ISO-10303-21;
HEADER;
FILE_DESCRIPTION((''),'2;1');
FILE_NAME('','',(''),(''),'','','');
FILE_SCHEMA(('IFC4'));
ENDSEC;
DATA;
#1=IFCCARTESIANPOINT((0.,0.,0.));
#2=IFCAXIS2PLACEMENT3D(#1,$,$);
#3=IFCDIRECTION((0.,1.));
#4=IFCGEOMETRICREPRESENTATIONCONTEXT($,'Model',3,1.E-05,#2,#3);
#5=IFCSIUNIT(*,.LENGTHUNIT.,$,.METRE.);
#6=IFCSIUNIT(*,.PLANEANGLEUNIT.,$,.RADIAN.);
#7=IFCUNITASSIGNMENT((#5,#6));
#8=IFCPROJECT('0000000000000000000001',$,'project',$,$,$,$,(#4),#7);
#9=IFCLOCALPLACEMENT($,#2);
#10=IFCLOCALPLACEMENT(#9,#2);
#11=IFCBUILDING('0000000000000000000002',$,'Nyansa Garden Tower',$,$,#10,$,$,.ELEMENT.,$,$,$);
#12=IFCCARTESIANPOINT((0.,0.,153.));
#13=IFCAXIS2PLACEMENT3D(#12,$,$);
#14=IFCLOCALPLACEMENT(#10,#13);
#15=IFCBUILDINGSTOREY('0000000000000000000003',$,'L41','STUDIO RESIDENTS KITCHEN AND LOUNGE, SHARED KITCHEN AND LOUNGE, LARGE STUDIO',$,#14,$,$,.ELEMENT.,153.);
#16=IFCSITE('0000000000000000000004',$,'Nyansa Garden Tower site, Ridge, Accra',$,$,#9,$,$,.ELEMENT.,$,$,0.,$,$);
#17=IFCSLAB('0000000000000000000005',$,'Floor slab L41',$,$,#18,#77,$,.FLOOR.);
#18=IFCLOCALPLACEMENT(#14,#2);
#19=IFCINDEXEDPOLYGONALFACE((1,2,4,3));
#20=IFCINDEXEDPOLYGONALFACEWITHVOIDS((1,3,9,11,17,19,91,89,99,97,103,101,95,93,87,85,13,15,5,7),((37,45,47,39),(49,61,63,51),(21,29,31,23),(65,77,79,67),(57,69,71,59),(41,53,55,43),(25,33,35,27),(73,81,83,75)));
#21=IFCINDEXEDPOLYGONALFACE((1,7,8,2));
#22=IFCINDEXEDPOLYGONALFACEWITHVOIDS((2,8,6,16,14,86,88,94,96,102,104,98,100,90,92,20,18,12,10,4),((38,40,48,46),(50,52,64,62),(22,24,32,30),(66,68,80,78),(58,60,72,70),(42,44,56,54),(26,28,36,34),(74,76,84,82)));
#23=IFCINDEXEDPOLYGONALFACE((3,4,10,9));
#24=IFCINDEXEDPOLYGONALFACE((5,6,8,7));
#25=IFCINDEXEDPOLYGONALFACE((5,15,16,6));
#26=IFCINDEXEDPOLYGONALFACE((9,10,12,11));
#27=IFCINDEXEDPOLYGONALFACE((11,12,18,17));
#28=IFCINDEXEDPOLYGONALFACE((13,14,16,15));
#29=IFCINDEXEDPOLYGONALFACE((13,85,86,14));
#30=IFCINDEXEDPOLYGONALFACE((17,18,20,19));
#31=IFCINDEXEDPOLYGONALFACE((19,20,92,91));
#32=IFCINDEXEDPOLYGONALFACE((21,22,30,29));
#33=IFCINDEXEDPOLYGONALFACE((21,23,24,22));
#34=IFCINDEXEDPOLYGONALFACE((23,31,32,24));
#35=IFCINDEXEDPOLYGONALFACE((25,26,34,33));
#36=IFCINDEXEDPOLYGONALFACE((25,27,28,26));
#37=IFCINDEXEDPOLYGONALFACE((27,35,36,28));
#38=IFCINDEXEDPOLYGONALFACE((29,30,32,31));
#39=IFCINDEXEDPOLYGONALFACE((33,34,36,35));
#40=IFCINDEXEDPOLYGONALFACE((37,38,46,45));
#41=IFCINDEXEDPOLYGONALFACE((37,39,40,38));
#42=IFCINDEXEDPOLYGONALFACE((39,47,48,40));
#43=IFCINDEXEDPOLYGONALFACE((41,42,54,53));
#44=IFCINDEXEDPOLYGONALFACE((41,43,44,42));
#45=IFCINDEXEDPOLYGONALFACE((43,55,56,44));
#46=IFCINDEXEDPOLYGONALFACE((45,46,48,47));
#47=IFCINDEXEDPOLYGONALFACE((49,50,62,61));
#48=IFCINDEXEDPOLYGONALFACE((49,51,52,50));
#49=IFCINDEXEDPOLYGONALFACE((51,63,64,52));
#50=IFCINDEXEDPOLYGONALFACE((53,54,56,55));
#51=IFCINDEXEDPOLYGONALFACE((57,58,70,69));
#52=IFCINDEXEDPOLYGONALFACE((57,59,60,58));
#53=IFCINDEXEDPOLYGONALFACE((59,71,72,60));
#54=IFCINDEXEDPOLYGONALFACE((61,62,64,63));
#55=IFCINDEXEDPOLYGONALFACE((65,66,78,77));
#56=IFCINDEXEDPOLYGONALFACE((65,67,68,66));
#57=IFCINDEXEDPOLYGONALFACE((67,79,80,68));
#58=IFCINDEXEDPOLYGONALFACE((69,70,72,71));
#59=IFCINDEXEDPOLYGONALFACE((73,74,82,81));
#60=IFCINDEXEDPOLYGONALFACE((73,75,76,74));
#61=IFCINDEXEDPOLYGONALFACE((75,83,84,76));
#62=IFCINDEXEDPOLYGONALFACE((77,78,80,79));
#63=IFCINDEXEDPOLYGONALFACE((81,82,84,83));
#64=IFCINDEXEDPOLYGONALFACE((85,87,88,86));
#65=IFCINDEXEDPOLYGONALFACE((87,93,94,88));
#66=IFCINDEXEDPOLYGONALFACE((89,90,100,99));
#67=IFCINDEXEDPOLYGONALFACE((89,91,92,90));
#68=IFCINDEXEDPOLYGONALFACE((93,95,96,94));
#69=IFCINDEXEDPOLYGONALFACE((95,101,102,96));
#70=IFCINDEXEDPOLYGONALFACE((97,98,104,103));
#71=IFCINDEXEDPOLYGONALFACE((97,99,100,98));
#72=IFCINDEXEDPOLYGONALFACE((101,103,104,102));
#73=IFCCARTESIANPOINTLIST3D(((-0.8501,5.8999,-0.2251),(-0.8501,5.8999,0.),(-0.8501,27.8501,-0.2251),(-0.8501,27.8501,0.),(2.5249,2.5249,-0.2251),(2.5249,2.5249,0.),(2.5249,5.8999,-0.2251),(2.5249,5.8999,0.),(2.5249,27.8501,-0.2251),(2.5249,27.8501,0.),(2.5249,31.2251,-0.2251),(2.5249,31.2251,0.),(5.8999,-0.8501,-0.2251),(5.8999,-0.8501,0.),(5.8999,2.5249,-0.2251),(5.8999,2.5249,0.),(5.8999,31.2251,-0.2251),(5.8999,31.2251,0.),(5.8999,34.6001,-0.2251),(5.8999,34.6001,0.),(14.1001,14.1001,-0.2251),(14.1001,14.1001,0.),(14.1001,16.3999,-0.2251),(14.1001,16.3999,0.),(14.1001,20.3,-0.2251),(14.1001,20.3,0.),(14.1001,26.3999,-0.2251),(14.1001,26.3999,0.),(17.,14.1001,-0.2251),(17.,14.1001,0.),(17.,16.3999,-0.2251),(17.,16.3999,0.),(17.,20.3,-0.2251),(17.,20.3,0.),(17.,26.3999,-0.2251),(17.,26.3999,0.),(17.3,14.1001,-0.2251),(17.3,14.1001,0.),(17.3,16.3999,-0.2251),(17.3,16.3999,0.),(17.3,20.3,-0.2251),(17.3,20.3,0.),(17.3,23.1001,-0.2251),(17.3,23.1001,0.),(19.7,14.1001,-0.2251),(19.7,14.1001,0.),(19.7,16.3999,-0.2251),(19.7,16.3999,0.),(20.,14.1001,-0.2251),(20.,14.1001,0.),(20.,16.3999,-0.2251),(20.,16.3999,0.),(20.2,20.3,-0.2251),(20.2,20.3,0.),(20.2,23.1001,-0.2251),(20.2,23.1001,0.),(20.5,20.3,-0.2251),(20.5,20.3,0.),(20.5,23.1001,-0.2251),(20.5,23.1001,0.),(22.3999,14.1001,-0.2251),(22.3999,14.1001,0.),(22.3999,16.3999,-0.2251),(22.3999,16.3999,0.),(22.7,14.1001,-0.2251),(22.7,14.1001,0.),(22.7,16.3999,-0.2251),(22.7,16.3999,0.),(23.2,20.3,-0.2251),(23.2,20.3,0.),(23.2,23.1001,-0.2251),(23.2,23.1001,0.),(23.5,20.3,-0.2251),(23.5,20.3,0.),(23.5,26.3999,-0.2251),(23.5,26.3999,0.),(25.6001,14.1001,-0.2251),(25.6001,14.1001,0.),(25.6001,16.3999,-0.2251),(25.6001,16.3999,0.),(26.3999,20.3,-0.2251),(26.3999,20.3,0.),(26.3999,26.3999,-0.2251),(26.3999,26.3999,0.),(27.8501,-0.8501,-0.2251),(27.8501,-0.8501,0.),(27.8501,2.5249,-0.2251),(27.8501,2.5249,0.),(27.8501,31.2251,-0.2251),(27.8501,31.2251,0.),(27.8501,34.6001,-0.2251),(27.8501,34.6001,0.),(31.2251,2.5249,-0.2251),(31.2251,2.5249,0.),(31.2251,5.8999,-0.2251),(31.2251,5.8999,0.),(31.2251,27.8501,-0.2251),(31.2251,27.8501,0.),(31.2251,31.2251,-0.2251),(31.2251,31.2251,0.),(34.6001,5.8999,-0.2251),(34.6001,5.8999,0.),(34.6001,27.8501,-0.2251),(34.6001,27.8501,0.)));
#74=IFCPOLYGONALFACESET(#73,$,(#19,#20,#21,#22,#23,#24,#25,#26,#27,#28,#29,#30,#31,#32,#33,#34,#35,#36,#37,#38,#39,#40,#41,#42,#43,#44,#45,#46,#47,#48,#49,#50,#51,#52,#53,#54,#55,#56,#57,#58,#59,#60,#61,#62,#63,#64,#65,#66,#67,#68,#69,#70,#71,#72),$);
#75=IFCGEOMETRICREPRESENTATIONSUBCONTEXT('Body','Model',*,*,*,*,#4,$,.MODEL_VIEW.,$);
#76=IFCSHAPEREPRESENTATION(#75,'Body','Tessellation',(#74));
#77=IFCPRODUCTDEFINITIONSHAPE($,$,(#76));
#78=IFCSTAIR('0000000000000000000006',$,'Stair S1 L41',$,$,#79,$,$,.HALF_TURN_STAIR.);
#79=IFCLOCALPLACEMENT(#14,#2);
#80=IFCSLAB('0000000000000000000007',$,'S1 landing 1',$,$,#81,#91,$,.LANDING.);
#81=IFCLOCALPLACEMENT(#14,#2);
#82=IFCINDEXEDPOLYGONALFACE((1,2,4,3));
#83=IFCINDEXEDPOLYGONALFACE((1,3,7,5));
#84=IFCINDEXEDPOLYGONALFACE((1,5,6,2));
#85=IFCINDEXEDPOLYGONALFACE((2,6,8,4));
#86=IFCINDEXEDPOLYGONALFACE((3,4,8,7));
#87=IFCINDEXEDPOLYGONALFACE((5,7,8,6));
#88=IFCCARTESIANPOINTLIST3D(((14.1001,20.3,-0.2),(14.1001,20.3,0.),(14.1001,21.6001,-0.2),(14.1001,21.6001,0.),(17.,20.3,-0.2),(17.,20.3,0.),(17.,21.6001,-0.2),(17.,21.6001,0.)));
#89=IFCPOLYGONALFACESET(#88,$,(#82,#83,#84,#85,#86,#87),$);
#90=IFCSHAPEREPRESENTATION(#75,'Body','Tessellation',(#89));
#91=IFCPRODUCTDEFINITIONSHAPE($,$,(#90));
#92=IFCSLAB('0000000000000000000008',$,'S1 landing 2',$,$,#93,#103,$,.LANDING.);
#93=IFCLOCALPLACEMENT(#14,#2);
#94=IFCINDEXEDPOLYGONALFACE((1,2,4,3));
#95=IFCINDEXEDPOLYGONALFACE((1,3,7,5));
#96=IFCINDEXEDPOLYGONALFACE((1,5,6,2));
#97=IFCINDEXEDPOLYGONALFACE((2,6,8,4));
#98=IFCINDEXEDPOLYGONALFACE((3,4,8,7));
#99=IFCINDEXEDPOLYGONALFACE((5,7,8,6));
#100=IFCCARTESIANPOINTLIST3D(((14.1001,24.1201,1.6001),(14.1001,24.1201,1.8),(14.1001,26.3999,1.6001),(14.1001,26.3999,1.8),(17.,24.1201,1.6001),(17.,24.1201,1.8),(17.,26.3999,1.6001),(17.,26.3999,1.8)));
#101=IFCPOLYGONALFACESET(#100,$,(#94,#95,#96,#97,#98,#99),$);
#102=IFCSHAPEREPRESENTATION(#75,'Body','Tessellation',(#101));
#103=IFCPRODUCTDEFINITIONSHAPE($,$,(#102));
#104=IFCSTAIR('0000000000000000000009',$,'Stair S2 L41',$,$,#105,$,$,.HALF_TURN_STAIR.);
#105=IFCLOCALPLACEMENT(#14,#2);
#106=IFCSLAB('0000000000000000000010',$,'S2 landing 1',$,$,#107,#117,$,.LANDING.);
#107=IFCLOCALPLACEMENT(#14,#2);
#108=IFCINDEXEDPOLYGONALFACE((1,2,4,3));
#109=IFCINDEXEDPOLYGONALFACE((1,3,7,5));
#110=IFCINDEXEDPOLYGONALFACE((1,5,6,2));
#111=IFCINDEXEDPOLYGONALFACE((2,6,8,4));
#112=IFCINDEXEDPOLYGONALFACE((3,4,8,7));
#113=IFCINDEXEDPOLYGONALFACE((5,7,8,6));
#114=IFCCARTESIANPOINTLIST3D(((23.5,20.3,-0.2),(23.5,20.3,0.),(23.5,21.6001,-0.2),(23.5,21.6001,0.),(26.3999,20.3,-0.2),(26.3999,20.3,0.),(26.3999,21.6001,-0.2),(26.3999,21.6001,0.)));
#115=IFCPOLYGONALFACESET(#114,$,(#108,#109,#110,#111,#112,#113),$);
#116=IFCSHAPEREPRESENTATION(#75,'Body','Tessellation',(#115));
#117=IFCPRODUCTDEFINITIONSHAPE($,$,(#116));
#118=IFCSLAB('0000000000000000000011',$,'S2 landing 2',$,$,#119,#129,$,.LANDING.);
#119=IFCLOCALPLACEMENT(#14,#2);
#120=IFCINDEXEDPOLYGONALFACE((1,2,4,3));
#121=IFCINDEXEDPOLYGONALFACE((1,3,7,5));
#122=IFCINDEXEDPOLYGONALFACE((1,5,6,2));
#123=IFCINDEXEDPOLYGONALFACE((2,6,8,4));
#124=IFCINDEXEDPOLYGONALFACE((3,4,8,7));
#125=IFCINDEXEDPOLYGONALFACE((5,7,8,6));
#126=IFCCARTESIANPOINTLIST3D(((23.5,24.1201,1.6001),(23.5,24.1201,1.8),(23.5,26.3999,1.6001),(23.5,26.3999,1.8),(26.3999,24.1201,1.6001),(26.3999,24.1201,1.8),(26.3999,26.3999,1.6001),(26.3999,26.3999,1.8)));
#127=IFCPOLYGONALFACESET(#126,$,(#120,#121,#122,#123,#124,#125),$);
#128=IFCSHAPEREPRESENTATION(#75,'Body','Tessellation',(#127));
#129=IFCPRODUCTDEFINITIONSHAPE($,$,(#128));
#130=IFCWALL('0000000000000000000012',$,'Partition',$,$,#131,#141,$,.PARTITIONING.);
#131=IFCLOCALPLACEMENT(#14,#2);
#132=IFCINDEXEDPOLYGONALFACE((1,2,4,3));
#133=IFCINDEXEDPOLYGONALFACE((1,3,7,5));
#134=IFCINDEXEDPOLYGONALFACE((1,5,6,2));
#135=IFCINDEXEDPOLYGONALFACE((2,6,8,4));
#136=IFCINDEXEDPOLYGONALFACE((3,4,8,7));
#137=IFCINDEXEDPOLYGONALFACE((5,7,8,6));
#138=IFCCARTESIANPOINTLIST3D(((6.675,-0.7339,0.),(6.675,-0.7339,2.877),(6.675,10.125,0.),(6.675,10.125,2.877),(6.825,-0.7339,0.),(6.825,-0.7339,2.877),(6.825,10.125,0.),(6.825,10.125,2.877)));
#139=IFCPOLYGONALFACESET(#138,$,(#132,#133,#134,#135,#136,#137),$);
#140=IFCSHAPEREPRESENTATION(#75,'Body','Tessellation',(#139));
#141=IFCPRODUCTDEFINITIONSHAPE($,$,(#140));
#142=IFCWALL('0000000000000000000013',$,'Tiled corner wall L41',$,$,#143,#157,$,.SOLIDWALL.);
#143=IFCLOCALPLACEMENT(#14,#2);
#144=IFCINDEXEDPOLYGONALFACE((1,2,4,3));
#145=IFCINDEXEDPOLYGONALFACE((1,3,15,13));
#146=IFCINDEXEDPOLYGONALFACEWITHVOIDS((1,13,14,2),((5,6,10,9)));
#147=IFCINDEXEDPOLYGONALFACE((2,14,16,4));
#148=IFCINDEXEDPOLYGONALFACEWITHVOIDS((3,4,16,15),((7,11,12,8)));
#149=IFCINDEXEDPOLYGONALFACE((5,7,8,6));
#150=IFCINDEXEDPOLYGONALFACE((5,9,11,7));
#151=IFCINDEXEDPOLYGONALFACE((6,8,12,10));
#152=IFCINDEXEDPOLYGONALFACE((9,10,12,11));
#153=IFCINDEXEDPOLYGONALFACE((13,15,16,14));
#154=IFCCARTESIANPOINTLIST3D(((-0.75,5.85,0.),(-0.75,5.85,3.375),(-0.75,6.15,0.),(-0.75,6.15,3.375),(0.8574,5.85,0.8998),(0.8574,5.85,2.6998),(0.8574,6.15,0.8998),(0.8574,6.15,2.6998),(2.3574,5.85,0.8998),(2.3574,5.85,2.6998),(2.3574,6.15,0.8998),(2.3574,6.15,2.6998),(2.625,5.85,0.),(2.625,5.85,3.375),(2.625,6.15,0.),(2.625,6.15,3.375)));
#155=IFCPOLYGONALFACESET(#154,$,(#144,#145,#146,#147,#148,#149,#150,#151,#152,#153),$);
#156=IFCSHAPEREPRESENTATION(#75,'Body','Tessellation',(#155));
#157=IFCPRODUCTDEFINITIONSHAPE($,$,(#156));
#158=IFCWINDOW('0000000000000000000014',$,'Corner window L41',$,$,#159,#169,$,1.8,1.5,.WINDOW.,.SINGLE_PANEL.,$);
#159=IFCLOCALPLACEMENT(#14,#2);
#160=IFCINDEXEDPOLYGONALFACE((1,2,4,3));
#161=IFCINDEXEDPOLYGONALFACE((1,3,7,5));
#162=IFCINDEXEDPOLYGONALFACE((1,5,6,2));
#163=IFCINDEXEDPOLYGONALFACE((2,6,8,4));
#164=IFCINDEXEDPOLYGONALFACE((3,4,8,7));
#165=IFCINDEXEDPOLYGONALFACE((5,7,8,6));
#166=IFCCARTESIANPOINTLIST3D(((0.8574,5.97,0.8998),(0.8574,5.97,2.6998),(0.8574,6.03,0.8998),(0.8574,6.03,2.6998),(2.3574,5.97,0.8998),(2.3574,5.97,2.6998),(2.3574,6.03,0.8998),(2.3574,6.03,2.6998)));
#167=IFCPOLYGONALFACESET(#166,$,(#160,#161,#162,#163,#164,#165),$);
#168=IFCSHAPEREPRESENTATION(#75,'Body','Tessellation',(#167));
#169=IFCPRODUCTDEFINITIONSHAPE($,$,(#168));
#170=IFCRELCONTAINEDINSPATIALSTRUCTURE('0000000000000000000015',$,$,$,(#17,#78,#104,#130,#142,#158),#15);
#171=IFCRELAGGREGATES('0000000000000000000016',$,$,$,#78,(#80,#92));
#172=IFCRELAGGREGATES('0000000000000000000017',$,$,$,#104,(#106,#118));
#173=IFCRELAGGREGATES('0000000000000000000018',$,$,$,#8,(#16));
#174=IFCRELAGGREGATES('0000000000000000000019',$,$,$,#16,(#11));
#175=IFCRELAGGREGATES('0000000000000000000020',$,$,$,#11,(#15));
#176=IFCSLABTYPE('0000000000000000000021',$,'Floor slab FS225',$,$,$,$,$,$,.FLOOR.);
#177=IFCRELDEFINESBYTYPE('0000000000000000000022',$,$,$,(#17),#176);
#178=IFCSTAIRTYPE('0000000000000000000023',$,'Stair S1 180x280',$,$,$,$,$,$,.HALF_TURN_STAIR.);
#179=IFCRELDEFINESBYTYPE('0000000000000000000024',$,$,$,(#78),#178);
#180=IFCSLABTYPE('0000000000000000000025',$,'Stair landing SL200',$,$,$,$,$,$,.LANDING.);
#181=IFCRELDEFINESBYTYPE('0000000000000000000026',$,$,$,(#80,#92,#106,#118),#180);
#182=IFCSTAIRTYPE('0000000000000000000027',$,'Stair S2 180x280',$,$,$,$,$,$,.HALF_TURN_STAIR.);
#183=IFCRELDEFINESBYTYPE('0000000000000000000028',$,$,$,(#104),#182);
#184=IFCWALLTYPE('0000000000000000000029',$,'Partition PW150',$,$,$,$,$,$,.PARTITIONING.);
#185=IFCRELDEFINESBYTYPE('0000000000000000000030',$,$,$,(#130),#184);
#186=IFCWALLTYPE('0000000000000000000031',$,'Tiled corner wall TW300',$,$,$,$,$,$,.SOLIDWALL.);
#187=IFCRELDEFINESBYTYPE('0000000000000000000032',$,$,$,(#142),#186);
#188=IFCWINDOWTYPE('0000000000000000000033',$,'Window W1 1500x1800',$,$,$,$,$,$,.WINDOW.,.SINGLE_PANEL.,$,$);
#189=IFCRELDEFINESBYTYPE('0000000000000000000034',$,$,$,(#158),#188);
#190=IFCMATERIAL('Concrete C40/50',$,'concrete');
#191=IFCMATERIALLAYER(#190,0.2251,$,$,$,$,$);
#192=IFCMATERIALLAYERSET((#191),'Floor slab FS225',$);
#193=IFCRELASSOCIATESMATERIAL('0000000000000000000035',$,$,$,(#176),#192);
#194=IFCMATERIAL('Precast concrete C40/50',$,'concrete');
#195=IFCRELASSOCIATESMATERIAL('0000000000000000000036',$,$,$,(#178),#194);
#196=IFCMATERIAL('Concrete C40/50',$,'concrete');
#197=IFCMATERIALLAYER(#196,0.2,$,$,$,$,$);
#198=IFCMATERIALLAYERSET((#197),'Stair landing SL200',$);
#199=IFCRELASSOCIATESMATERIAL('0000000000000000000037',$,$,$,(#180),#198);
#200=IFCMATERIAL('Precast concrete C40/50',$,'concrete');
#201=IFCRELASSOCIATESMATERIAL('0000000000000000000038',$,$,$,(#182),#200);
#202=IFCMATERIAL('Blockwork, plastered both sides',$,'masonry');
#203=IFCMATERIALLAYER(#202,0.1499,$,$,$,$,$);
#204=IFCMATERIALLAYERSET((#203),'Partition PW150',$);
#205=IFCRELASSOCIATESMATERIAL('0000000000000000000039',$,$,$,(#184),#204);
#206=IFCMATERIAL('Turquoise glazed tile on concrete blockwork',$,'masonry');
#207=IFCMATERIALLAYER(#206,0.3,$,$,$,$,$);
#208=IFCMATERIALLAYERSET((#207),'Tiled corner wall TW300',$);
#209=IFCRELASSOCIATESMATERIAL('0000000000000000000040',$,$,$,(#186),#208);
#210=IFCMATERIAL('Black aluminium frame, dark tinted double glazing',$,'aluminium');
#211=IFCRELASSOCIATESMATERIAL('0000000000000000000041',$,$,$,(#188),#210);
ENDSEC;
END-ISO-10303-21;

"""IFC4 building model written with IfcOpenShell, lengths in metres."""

from ifc_helpers import new_model, si_unit, direction, frame, frame_2d, origin, place, context, subcontext, project, spatial, polyline, rectangle, outline, extrude, material, layer, layer_set, type_object, element, fill, aggregate, save


model = new_model("IFC4")

# Units and contexts
model_context = context("Model", 3, precision=1e-05, world=origin(), true_north=direction((0.0, 1.0)))
body_context = subcontext(model_context, "Body", "Model", "MODEL_VIEW")
ifc_project = project(units=[si_unit("LENGTHUNIT", "METRE"), si_unit("PLANEANGLEUNIT", "RADIAN")], contexts=[model_context])

# Site, building, storey
site_placement = place(None, origin())
site = spatial("IfcSite", under=ifc_project, at=site_placement, Name="Nyansa Garden Tower site, Ridge, Accra", CompositionType="ELEMENT", RefElevation=0.0)
building_placement = place(site_placement, origin())
building = spatial("IfcBuilding", under=site, at=building_placement, Name="Nyansa Garden Tower", CompositionType="ELEMENT")
storey_placement = place(building_placement, frame((0.0, 0.0, 153.0)))
storey = spatial("IfcBuildingStorey", under=building, at=storey_placement, Name="L41", Description="STUDIO RESIDENTS KITCHEN AND LOUNGE, SHARED KITCHEN AND LOUNGE, LARGE STUDIO", CompositionType="ELEMENT", Elevation=153.0)

# Slab
ifc_material_1 = material(Name="Concrete C40/50", Category="concrete")
ifc_layer_1 = layer(ifc_material_1, 0.2251)
ifc_layer_set_1 = layer_set([ifc_layer_1], Name="Floor slab FS225")
slab_type_1 = type_object("IfcSlabType", Name="Floor slab FS225", PredefinedType="FLOOR", material=ifc_layer_set_1)
slab_1_placement = place(storey_placement, frame((0.0, 0.0, -0.2251)))
element("IfcSlab", 1, at=slab_1_placement, inside=storey, type_object=slab_type_1, Name="Floor slab L41", PredefinedType="FLOOR", context=body_context, shape_type="SweptSolid", body=[
    extrude(outline(polyline([(34.6001, 5.8999), (31.2251, 5.8999), (31.2251, 2.5249), (27.8501, 2.5249), (27.8501, -0.8501), (5.8999, -0.8501), (5.8999, 2.5249), (2.5249, 2.5249), (2.5249, 5.8999), (-0.8501, 5.8999), (-0.8501, 27.8501), (2.5249, 27.8501), (2.5249, 31.2251), (5.8999, 31.2251), (5.8999, 34.6001), (27.8501, 34.6001), (27.8501, 31.2251), (31.2251, 31.2251), (31.2251, 27.8501), (34.6001, 27.8501), (34.6001, 5.8999)]), holes=[polyline([(14.1001, 14.1001), (17.0, 14.1001), (17.0, 16.3999), (14.1001, 16.3999), (14.1001, 14.1001)]), polyline([(17.3, 14.1001), (19.7, 14.1001), (19.7, 16.3999), (17.3, 16.3999), (17.3, 14.1001)]), polyline([(20.0, 14.1001), (22.3999, 14.1001), (22.3999, 16.3999), (20.0, 16.3999), (20.0, 14.1001)]), polyline([(22.7, 14.1001), (25.6001, 14.1001), (25.6001, 16.3999), (22.7, 16.3999), (22.7, 14.1001)]), polyline([(17.3, 20.3), (20.2, 20.3), (20.2, 23.1001), (17.3, 23.1001), (17.3, 20.3)]), polyline([(20.5, 20.3), (23.2, 20.3), (23.2, 23.1001), (20.5, 23.1001), (20.5, 20.3)]), polyline([(14.1001, 20.3), (17.0, 20.3), (17.0, 26.3999), (14.1001, 26.3999), (14.1001, 20.3)]), polyline([(23.5, 20.3), (26.3999, 20.3), (26.3999, 26.3999), (23.5, 26.3999), (23.5, 20.3)])]), origin(), (0.0, 0.0, 1.0), 0.2251),
])

# Stairs, slabs
ifc_material_2 = material(Name="Precast concrete C40/50", Category="concrete")
stair_type_1 = type_object("IfcStairType", Name="Stair S1 180x280", PredefinedType="HALF_TURN_STAIR", material=ifc_material_2)
stair_1_placement = place(storey_placement, origin())
stair_1 = element("IfcStair", 2, at=stair_1_placement, inside=storey, type_object=stair_type_1, Name="Stair S1 L41", PredefinedType="HALF_TURN_STAIR")
ifc_material_3 = material(Name="Concrete C40/50", Category="concrete")
ifc_layer_2 = layer(ifc_material_3, 0.2)
ifc_layer_set_2 = layer_set([ifc_layer_2], Name="Stair landing SL200")
slab_type_2 = type_object("IfcSlabType", Name="Stair landing SL200", PredefinedType="LANDING", material=ifc_layer_set_2)
slab_2_placement = place(storey_placement, frame((0.0, 0.0, -0.2)))
slab_2 = element("IfcSlab", 3, at=slab_2_placement, type_object=slab_type_2, Name="S1 landing 1", PredefinedType="LANDING", context=body_context, shape_type="SweptSolid", body=[
    extrude(outline(polyline([(14.1001, 20.3), (17.0, 20.3), (17.0, 21.6001), (14.1001, 21.6001), (14.1001, 20.3)])), origin(), (0.0, 0.0, 1.0), 0.2),
])
slab_3_placement = place(storey_placement, frame((0.0, 0.0, 1.6001)))
slab_3 = element("IfcSlab", 4, at=slab_3_placement, type_object=slab_type_2, Name="S1 landing 2", PredefinedType="LANDING", context=body_context, shape_type="SweptSolid", body=[
    extrude(outline(polyline([(14.1001, 24.1201), (17.0, 24.1201), (17.0, 26.3999), (14.1001, 26.3999), (14.1001, 24.1201)])), origin(), (0.0, 0.0, 1.0), 0.2),
])
aggregate(stair_1, [slab_2, slab_3])
ifc_material_4 = material(Name="Precast concrete C40/50", Category="concrete")
stair_type_2 = type_object("IfcStairType", Name="Stair S2 180x280", PredefinedType="HALF_TURN_STAIR", material=ifc_material_4)
stair_2_placement = place(storey_placement, origin())
stair_2 = element("IfcStair", 5, at=stair_2_placement, inside=storey, type_object=stair_type_2, Name="Stair S2 L41", PredefinedType="HALF_TURN_STAIR")
slab_4_placement = place(storey_placement, frame((0.0, 0.0, -0.2)))
slab_4 = element("IfcSlab", 6, at=slab_4_placement, type_object=slab_type_2, Name="S2 landing 1", PredefinedType="LANDING", context=body_context, shape_type="SweptSolid", body=[
    extrude(outline(polyline([(23.5, 20.3), (26.3999, 20.3), (26.3999, 21.6001), (23.5, 21.6001), (23.5, 20.3)])), origin(), (0.0, 0.0, 1.0), 0.2),
])
slab_5_placement = place(storey_placement, frame((0.0, 0.0, 1.6001)))
slab_5 = element("IfcSlab", 7, at=slab_5_placement, type_object=slab_type_2, Name="S2 landing 2", PredefinedType="LANDING", context=body_context, shape_type="SweptSolid", body=[
    extrude(outline(polyline([(23.5, 24.1201), (26.3999, 24.1201), (26.3999, 26.3999), (23.5, 26.3999), (23.5, 24.1201)])), origin(), (0.0, 0.0, 1.0), 0.2),
])
aggregate(stair_2, [slab_4, slab_5])

# Wall
ifc_material_5 = material(Name="Blockwork, plastered both sides", Category="masonry")
ifc_layer_3 = layer(ifc_material_5, 0.1499)
ifc_layer_set_3 = layer_set([ifc_layer_3], Name="Partition PW150")
wall_type_1 = type_object("IfcWallType", Name="Partition PW150", PredefinedType="PARTITIONING", material=ifc_layer_set_3)
wall_1_placement = place(storey_placement, frame((6.75, -0.7339, 0.0), z_axis=(0.0, 0.0, 1.0), x_axis=(0.0, 1.0, 0.0)))
element("IfcWall", 8, at=wall_1_placement, inside=storey, type_object=wall_type_1, Name="Partition", PredefinedType="PARTITIONING", context=body_context, shape_type="SweptSolid", body=[
    extrude(rectangle(XDim=10.8589, YDim=0.1499, at=frame_2d((5.4294, 0.0))), origin(), (0.0, 0.0, 1.0), 2.877),
])

# Wall, opening, window
ifc_material_6 = material(Name="Turquoise glazed tile on concrete blockwork", Category="masonry")
ifc_layer_4 = layer(ifc_material_6, 0.3)
ifc_layer_set_4 = layer_set([ifc_layer_4], Name="Tiled corner wall TW300")
wall_type_2 = type_object("IfcWallType", Name="Tiled corner wall TW300", PredefinedType="SOLIDWALL", material=ifc_layer_set_4)
wall_2_placement = place(storey_placement, frame((-0.75, 6.0, 0.0), z_axis=(0.0, 0.0, 1.0), x_axis=(1.0, 0.0, 0.0)))
wall_2 = element("IfcWall", 9, at=wall_2_placement, inside=storey, type_object=wall_type_2, Name="Tiled corner wall L41", PredefinedType="SOLIDWALL", context=body_context, shape_type="SweptSolid", body=[
    extrude(rectangle(XDim=3.375, YDim=0.3, at=frame_2d((1.6875, 0.0))), origin(), (0.0, 0.0, 1.0), 3.375),
])
opening_1_placement = place(wall_2_placement, frame((1.6074, 0.0, 0.8999)))
opening_1 = element("IfcOpeningElement", 10, at=opening_1_placement, cuts=wall_2, PredefinedType="OPENING", context=body_context, shape_type="SweptSolid", body=[
    extrude(rectangle(XDim=1.5, YDim=1.8, at=frame_2d((0.75, 0.8999))), frame((0.0, 0.1599, 0.0), z_axis=(0.0, -1.0, 0.0), x_axis=(1.0, 0.0, 0.0)), (0.0, 0.0, 1.0), 0.3201),
])
ifc_material_7 = material(Name="Black aluminium frame, dark tinted double glazing", Category="aluminium")
window_type_1 = type_object("IfcWindowType", Name="Window W1 1500x1800", PartitioningType="SINGLE_PANEL", PredefinedType="WINDOW", material=ifc_material_7)
window_1_placement = place(opening_1_placement, origin())
window_1 = element("IfcWindow", 11, at=window_1_placement, inside=storey, type_object=window_type_1, Name="Corner window L41", OverallHeight=1.8, OverallWidth=1.5, PartitioningType="SINGLE_PANEL", PredefinedType="WINDOW", context=body_context, shape_type="SweptSolid", body=[
    extrude(rectangle(XDim=1.5, YDim=1.8, at=frame_2d((0.75, 0.8999))), frame((0.0, 0.03, 0.0), z_axis=(0.0, -1.0, 0.0), x_axis=(1.0, 0.0, 0.0)), (0.0, 0.0, 1.0), 0.0601),
])
fill(opening_1, window_1)

save(model, "model.ifc")
